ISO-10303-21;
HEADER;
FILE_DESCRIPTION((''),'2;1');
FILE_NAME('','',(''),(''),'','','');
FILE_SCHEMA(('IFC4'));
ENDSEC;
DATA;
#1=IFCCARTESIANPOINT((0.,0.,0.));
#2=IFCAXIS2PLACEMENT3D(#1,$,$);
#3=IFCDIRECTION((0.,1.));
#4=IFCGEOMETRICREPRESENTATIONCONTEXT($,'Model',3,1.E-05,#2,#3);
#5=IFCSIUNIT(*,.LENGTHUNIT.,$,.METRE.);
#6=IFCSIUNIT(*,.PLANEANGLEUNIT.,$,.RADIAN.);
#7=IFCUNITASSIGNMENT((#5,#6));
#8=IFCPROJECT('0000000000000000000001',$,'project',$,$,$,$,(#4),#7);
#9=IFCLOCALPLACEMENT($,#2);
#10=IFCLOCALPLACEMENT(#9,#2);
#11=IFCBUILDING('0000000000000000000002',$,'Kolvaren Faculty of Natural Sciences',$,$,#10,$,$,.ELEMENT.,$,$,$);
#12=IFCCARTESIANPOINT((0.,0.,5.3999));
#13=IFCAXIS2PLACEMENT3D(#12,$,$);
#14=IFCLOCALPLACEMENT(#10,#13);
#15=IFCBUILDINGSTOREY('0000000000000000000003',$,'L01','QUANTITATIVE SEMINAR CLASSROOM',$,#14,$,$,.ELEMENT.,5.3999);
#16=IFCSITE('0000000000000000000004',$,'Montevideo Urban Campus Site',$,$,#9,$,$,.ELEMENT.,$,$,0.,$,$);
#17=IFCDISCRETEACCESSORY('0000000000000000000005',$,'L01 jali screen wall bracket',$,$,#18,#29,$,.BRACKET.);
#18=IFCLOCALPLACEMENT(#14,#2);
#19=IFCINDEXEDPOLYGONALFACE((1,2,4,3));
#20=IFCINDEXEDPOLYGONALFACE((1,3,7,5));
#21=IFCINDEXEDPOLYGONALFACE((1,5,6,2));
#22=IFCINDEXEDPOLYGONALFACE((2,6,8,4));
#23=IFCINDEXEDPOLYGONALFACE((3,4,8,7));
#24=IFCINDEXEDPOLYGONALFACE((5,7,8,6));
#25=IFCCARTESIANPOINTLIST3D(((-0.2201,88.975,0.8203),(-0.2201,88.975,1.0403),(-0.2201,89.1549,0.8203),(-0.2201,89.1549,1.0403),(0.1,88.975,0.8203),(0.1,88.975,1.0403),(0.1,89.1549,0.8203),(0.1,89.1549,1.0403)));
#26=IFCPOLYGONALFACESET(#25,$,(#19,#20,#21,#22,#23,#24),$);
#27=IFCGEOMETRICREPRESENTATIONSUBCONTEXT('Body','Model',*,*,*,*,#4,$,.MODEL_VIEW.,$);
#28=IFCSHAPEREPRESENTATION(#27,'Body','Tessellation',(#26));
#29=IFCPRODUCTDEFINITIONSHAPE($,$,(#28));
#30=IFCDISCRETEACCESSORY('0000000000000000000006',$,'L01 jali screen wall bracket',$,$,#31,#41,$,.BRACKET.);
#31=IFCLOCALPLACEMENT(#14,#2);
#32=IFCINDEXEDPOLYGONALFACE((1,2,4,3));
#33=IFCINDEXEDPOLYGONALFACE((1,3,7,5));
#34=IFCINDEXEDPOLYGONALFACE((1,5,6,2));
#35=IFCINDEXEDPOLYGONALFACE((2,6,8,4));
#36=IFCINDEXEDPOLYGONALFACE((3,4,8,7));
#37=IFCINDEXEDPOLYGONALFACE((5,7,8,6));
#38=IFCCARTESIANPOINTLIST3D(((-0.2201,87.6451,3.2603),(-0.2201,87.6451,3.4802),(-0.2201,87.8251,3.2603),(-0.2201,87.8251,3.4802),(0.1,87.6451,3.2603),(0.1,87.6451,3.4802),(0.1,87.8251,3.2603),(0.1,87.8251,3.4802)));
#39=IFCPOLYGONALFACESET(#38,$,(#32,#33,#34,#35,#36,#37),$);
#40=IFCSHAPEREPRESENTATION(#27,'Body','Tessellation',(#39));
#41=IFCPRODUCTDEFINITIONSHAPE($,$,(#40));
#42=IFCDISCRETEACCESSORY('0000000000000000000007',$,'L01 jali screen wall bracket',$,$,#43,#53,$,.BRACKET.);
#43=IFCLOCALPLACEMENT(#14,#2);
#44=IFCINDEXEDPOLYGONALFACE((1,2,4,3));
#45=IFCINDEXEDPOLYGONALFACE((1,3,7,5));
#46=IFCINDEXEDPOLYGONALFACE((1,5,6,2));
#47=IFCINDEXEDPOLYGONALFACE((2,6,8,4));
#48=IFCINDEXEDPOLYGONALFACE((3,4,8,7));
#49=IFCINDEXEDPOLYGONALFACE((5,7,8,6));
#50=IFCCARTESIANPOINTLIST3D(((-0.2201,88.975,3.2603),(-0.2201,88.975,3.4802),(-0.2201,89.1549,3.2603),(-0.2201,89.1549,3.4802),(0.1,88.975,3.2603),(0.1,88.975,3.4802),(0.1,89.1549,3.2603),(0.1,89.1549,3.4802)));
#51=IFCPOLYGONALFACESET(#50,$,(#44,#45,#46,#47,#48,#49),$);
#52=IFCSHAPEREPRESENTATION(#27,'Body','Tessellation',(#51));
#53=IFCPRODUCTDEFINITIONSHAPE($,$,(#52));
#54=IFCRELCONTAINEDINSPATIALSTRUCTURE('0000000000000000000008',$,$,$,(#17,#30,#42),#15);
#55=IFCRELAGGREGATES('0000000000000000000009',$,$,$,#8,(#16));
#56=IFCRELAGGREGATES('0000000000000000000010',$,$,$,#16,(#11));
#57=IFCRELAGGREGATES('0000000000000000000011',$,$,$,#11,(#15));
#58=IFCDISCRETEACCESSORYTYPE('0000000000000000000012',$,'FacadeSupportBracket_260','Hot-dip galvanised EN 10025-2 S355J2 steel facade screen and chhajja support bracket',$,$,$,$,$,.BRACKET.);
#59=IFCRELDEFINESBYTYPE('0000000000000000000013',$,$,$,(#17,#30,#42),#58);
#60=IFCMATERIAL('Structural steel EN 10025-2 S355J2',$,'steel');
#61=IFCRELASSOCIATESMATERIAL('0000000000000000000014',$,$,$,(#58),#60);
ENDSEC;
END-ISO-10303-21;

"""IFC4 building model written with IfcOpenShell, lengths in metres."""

from ifc_helpers import new_model, si_unit, direction, frame, origin, origin_2d, place, context, subcontext, project, spatial, rectangle, extrude, material, type_object, element, save


model = new_model("IFC4")

# Units and contexts
model_context = context("Model", 3, precision=1e-05, world=origin(), true_north=direction((0.0, 1.0)))
body_context = subcontext(model_context, "Body", "Model", "MODEL_VIEW")
ifc_project = project(units=[si_unit("LENGTHUNIT", "METRE"), si_unit("PLANEANGLEUNIT", "RADIAN")], contexts=[model_context])

# Site, building, storey
site_placement = place(None, origin())
site = spatial("IfcSite", under=ifc_project, at=site_placement, Name="Montevideo Urban Campus Site", CompositionType="ELEMENT", RefElevation=0.0)
building_placement = place(site_placement, origin())
building = spatial("IfcBuilding", under=site, at=building_placement, Name="Kolvaren Faculty of Natural Sciences", CompositionType="ELEMENT")
storey_placement = place(building_placement, frame((0.0, 0.0, 5.3999)))
storey = spatial("IfcBuildingStorey", under=building, at=storey_placement, Name="L01", Description="QUANTITATIVE SEMINAR CLASSROOM", CompositionType="ELEMENT", Elevation=5.3999)

# Discrete accessories
ifc_material_1 = material(Name="Structural steel EN 10025-2 S355J2", Category="steel")
discrete_accessory_type = type_object("IfcDiscreteAccessoryType", Name="FacadeSupportBracket_260", Description="Hot-dip galvanised EN 10025-2 S355J2 steel facade screen and chhajja support bracket", PredefinedType="BRACKET", material=ifc_material_1)
for number, where, z_axis, x_axis, name in (
    (1, (-0.0601, 89.0649, 0.8203), (0.0, 0.0, 1.0), (0.0, 1.0, 0.0), "L01 jali screen wall bracket"),
    (2, (-0.0601, 87.7351, 3.2603), (0.0, 0.0, 1.0), (0.0, 1.0, 0.0), "L01 jali screen wall bracket"),
    (3, (-0.0601, 89.0649, 3.2603), (0.0, 0.0, 1.0), (0.0, 1.0, 0.0), "L01 jali screen wall bracket"),
):
    element("IfcDiscreteAccessory", number, at=place(storey_placement, frame(where, z_axis=z_axis, x_axis=x_axis)), inside=storey, type_object=discrete_accessory_type, Name=name, PredefinedType="BRACKET", context=body_context, shape_type="SweptSolid", body=[
        extrude(rectangle(XDim=0.1799, YDim=0.3201, at=origin_2d()), origin(), (0.0, 0.0, 1.0), 0.22),
    ])

save(model, "model.ifc")
